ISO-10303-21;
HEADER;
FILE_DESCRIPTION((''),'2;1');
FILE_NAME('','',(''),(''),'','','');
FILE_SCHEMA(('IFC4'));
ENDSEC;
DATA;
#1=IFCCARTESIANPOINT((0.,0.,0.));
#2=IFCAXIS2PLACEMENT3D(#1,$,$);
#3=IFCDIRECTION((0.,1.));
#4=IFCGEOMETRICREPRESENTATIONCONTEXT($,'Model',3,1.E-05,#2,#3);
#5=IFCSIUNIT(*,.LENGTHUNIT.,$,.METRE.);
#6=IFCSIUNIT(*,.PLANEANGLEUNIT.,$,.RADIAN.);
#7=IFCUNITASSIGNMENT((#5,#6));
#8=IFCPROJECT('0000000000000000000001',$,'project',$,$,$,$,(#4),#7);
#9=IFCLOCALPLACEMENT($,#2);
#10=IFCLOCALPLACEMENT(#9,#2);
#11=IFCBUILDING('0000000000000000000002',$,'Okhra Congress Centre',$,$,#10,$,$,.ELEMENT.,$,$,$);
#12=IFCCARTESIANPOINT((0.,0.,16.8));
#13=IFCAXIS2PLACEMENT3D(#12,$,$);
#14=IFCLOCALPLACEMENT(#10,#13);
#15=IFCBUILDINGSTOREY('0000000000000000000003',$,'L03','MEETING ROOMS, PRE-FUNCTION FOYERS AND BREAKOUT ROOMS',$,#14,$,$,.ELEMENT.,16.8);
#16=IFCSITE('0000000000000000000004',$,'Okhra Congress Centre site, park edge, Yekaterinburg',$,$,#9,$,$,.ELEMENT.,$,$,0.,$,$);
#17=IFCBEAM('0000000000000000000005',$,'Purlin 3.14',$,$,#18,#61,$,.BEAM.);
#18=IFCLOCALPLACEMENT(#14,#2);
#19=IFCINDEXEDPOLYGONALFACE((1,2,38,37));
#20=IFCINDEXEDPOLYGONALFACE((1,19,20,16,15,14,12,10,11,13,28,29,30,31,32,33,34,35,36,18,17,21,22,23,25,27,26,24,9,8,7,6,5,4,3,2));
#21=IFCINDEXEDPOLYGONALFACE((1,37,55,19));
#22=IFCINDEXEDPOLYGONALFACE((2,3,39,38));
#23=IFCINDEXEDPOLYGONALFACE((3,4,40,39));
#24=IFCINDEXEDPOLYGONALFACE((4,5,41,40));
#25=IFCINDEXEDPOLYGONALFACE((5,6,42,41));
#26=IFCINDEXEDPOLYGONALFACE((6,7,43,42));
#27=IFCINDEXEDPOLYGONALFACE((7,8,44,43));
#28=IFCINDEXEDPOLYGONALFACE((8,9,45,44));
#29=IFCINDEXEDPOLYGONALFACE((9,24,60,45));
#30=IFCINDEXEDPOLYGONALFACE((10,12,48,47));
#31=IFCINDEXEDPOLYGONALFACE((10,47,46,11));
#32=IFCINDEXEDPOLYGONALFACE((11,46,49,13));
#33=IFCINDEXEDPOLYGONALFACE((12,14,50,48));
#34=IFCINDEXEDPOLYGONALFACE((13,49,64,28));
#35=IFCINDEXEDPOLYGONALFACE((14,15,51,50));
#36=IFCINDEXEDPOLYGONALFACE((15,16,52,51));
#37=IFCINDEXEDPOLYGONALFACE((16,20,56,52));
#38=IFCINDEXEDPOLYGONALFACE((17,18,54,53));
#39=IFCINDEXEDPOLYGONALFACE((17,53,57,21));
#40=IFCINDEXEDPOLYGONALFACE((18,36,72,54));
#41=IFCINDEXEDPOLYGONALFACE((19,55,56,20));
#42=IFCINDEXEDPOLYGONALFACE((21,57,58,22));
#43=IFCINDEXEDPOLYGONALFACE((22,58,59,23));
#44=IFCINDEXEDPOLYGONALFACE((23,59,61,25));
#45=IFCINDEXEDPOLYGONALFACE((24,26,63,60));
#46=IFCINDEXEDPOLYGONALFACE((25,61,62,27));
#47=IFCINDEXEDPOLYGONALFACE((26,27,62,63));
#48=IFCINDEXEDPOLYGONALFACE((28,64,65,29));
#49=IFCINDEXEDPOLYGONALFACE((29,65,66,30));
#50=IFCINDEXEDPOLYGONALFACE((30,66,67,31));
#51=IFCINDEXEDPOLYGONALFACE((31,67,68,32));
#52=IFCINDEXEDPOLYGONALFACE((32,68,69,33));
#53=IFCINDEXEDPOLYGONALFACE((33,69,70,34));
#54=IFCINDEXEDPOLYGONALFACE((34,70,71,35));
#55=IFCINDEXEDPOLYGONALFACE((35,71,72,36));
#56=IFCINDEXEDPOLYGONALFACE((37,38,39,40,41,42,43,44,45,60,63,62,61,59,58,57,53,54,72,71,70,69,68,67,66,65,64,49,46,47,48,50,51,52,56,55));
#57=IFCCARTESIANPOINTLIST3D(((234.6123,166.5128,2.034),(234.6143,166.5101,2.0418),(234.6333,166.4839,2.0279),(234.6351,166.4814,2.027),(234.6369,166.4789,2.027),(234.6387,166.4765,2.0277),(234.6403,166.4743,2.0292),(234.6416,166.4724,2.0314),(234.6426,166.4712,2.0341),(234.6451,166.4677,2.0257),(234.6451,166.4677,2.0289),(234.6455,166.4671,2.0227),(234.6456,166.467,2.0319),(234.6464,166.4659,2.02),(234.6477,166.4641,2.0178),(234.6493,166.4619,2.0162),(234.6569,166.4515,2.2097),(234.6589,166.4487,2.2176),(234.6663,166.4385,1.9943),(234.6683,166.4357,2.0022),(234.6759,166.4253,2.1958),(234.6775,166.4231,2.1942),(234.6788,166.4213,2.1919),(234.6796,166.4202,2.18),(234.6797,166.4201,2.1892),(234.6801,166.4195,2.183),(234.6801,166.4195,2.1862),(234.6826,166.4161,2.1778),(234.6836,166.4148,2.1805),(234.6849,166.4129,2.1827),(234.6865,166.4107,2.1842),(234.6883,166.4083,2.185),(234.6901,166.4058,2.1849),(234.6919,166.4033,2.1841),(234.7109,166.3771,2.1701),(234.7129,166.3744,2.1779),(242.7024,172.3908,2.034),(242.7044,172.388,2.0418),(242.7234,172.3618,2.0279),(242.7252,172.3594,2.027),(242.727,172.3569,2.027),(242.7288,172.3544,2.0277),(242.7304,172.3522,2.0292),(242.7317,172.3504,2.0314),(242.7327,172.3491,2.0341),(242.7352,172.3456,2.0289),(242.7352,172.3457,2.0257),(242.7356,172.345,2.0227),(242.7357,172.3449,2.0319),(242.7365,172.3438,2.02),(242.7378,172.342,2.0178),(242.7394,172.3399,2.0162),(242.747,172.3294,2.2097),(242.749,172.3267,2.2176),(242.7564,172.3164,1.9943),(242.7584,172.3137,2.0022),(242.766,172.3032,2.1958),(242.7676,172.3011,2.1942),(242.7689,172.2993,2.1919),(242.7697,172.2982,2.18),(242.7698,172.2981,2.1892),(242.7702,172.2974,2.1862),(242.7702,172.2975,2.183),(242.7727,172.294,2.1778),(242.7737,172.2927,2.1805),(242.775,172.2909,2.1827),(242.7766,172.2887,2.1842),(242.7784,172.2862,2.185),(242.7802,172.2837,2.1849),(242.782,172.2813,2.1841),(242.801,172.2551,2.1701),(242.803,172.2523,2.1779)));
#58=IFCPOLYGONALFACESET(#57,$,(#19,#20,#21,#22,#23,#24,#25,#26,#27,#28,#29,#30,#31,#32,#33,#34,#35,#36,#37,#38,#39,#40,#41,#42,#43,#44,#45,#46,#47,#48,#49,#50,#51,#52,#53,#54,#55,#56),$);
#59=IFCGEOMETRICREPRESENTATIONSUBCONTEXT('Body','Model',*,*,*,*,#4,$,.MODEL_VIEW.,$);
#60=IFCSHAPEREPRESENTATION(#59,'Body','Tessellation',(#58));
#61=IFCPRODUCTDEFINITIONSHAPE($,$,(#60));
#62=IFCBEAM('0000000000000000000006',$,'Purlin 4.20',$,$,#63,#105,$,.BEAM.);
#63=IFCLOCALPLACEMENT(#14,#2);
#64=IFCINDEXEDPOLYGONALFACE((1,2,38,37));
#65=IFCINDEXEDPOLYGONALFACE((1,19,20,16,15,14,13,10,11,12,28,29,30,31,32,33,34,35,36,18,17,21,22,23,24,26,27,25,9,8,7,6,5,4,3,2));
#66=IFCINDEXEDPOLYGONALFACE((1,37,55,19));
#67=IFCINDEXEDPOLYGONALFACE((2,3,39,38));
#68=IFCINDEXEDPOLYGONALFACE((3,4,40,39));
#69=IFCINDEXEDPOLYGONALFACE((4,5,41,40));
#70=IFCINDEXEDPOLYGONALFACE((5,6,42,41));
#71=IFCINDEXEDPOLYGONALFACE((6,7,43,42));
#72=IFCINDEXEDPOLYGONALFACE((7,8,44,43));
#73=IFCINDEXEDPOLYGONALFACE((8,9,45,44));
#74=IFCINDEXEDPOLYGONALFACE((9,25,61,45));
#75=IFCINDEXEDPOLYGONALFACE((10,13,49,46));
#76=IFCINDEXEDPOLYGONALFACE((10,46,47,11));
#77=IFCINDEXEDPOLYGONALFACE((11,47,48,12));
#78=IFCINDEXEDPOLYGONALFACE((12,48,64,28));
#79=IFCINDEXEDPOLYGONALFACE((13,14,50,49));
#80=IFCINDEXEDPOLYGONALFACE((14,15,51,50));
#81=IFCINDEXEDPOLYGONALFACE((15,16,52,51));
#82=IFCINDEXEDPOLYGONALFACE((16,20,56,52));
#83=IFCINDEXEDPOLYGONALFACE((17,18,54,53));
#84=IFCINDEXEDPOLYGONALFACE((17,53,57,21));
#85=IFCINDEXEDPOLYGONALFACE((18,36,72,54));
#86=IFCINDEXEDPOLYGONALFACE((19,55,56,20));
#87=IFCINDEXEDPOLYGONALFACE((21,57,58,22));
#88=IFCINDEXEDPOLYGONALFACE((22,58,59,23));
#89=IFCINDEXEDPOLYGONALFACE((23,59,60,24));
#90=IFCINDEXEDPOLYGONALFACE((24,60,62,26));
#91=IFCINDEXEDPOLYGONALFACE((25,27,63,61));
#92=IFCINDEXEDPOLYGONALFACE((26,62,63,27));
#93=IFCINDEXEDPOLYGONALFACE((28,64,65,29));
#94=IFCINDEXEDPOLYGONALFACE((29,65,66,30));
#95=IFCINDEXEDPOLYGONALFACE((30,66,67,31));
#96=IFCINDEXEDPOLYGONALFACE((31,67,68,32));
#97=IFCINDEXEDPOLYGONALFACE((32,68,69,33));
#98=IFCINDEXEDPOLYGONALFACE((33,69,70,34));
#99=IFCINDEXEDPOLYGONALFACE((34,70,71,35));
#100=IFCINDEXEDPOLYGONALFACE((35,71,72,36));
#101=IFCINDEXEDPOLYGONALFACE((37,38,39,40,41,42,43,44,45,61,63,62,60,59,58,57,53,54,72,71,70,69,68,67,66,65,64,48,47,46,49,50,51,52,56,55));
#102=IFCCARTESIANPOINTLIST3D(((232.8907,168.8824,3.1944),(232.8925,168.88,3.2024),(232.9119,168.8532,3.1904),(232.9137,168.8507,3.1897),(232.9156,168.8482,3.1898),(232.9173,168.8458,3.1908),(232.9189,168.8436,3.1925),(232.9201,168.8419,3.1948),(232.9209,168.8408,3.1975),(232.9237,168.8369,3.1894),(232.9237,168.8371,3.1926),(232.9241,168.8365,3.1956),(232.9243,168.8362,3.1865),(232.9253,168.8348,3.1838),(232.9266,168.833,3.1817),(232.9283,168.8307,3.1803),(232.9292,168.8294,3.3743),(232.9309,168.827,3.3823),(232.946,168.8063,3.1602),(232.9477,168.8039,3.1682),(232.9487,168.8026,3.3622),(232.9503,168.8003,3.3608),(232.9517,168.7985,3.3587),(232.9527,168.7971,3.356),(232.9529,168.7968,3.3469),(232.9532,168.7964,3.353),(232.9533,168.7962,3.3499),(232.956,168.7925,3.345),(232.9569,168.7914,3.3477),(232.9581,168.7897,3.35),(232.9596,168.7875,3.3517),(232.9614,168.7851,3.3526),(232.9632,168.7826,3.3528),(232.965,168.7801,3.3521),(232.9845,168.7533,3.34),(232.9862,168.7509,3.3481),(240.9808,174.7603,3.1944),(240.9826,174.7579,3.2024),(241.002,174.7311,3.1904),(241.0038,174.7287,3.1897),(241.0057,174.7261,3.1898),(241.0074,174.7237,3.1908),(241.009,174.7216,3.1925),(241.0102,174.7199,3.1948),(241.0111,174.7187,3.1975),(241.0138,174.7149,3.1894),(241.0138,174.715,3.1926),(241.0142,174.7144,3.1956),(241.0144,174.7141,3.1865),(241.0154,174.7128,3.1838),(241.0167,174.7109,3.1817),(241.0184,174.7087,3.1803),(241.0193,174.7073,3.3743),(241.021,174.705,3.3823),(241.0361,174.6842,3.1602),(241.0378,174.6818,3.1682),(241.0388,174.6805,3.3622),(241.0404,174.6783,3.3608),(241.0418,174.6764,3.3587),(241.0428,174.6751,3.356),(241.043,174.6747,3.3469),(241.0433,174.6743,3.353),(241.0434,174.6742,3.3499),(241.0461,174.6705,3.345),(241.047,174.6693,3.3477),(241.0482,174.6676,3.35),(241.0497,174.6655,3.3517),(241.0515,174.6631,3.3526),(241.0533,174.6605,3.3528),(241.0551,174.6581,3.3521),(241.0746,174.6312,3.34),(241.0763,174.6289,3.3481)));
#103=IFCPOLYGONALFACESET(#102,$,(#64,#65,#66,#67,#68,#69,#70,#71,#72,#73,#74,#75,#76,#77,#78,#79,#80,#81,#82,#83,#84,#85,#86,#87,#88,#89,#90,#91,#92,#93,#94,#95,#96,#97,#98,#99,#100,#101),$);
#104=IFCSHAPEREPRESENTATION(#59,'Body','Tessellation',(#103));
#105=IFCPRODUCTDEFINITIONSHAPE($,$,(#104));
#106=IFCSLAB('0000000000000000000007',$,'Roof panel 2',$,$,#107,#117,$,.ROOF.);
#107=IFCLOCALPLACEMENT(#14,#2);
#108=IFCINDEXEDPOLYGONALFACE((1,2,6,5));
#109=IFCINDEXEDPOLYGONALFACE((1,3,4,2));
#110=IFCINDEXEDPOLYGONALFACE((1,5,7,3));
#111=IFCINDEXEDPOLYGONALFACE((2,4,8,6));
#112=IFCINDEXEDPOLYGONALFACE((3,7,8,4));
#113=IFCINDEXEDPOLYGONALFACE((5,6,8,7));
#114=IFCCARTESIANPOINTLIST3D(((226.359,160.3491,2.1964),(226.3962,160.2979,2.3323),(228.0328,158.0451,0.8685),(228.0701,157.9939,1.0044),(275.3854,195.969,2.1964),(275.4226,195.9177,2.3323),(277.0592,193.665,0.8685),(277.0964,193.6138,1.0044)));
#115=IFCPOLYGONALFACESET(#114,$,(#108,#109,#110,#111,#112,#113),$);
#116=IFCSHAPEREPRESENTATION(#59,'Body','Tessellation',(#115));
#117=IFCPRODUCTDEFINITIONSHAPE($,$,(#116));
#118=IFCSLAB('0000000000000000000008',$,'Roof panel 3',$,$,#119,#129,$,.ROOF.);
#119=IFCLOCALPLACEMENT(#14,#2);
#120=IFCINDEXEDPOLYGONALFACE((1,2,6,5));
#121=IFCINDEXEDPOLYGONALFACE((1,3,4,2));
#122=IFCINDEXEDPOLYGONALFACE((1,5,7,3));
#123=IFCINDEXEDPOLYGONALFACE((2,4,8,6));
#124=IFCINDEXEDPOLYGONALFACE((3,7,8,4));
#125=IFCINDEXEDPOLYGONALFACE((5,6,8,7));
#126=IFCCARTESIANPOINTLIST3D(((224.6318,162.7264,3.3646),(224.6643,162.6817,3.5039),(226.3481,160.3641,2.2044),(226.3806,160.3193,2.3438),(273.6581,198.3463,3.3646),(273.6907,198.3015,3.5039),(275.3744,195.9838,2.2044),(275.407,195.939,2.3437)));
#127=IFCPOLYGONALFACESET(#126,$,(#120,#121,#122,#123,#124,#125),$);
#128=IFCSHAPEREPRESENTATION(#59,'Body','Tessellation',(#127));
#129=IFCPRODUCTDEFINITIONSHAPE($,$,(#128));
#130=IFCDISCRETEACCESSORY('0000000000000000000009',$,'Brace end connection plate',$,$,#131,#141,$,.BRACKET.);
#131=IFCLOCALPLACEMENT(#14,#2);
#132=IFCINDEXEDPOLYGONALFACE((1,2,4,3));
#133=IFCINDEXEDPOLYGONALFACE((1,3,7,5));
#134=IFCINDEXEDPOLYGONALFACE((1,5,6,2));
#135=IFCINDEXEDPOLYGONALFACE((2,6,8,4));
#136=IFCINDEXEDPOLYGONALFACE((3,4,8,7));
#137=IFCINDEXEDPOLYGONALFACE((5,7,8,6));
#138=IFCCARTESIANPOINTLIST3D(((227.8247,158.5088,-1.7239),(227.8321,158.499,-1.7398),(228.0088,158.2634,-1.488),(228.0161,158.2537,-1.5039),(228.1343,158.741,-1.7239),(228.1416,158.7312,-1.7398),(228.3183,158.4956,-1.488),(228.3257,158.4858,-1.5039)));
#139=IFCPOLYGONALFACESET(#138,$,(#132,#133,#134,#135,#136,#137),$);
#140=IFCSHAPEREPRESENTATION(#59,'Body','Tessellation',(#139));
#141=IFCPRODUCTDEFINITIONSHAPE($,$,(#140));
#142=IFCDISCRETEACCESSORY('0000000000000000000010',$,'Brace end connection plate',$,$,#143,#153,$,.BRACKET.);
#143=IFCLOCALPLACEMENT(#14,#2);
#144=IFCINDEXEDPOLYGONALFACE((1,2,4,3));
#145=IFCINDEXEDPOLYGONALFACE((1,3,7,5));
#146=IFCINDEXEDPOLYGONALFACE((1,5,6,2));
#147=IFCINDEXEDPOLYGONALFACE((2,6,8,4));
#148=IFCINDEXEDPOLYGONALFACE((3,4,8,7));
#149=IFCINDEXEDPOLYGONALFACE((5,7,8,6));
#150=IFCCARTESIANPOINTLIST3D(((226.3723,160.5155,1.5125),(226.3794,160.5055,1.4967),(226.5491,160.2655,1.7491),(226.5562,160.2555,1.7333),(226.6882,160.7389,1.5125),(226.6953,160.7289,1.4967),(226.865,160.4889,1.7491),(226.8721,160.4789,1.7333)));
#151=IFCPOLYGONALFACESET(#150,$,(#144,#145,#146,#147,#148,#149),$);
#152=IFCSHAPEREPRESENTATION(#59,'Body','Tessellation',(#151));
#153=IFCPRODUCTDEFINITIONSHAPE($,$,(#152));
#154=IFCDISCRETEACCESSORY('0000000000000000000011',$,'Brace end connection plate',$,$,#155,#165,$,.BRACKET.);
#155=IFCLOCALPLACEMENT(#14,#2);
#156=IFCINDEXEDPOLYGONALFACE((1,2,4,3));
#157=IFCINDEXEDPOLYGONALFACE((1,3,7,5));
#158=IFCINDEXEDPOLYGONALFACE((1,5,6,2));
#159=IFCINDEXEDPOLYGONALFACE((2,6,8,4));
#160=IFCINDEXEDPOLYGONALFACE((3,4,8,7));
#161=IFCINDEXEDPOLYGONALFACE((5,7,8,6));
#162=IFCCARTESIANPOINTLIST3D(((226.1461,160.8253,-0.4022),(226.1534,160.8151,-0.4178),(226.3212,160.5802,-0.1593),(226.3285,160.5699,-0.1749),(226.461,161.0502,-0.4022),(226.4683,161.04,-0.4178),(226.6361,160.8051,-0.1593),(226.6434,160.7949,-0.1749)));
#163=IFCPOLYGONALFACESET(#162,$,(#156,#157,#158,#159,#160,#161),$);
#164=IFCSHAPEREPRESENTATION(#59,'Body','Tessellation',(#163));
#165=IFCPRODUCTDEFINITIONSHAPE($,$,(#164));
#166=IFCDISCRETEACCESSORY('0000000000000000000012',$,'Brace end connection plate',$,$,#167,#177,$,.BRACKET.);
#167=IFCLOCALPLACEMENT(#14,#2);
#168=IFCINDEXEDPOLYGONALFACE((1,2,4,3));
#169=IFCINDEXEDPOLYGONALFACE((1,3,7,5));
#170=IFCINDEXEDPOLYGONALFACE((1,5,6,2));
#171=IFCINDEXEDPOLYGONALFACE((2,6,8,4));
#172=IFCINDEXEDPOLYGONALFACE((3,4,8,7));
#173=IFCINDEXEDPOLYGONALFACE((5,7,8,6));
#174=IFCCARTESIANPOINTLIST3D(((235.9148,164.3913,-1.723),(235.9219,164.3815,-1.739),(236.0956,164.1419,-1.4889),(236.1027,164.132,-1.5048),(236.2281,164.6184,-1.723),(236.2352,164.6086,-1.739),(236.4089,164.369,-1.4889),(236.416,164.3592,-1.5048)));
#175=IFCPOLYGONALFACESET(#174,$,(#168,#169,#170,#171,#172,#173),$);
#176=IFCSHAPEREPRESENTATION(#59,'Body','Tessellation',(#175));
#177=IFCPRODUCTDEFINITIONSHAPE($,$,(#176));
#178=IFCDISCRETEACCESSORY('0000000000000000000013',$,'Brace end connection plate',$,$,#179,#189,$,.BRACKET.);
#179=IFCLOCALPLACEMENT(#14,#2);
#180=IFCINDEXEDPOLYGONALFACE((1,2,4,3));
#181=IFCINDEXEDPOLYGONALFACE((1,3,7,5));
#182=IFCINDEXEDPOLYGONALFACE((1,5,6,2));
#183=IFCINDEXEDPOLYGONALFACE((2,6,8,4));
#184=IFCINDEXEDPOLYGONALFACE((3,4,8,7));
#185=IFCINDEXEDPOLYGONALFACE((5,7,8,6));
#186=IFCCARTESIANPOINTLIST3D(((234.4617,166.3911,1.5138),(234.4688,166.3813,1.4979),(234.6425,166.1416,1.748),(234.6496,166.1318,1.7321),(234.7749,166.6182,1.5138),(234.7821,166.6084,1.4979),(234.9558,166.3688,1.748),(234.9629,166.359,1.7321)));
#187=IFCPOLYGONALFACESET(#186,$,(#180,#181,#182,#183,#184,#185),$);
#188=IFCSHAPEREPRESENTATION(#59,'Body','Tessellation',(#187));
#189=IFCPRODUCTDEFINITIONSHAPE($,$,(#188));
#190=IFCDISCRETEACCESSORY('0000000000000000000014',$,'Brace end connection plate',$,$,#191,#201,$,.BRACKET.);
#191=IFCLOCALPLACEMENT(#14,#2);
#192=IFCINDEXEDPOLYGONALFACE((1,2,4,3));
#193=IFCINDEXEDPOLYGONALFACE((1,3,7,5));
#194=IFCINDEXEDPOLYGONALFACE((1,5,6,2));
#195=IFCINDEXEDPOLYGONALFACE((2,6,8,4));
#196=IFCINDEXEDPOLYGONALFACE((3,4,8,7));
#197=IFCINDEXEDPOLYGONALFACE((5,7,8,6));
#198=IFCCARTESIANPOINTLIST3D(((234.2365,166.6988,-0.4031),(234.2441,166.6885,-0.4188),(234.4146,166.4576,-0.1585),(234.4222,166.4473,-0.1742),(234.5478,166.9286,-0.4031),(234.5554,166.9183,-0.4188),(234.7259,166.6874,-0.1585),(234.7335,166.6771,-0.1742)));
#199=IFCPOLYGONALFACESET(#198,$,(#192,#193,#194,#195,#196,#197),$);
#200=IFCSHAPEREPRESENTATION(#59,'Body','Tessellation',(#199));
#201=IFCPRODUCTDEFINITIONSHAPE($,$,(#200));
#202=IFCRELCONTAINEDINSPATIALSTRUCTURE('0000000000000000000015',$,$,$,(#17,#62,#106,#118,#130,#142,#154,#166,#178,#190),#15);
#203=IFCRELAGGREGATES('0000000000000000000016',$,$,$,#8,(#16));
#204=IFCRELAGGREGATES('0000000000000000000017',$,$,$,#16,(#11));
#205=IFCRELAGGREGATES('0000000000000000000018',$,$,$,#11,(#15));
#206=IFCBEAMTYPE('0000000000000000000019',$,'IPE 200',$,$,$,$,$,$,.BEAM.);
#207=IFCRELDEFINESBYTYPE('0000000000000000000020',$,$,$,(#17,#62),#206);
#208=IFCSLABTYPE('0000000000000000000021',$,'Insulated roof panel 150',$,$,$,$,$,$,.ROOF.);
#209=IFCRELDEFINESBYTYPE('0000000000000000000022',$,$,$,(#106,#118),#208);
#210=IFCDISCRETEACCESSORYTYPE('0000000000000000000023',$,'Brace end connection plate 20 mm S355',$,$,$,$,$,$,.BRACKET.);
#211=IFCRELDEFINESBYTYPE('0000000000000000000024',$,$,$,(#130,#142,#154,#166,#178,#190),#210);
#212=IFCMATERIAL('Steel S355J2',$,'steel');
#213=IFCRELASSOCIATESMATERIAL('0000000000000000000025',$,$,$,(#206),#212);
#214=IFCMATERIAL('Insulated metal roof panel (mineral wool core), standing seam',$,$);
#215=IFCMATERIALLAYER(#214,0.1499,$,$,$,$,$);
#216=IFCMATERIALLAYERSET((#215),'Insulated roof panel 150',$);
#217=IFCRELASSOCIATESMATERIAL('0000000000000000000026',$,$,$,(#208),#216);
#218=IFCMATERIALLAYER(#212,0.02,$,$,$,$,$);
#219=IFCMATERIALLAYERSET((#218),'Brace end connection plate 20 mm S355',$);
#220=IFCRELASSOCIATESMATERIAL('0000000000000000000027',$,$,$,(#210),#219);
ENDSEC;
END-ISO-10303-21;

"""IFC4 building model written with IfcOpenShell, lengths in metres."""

from ifc_helpers import new_model, si_unit, direction, frame, origin, origin_2d, place, context, subcontext, project, spatial, polyline, rectangle, i_section, outline, extrude, material, layer, layer_set, material_profile, profile_set, type_object, element, save


model = new_model("IFC4")

# Units and contexts
model_context = context("Model", 3, precision=1e-05, world=origin(), true_north=direction((0.0, 1.0)))
body_context = subcontext(model_context, "Body", "Model", "MODEL_VIEW")
ifc_project = project(units=[si_unit("LENGTHUNIT", "METRE"), si_unit("PLANEANGLEUNIT", "RADIAN")], contexts=[model_context])

# Site, building, storey
site_placement = place(None, origin())
site = spatial("IfcSite", under=ifc_project, at=site_placement, Name="Okhra Congress Centre site, park edge, Yekaterinburg", CompositionType="ELEMENT", RefElevation=0.0)
building_placement = place(site_placement, origin())
building = spatial("IfcBuilding", under=site, at=building_placement, Name="Okhra Congress Centre", CompositionType="ELEMENT")
storey_placement = place(building_placement, frame((0.0, 0.0, 16.8)))
storey = spatial("IfcBuildingStorey", under=building, at=storey_placement, Name="L03", Description="MEETING ROOMS, PRE-FUNCTION FOYERS AND BREAKOUT ROOMS", CompositionType="ELEMENT", Elevation=16.8)

# Beams
ifc_material_1 = material(Name="Steel S355J2", Category="steel")
ifc_material_profile_1 = material_profile(ifc_material_1, i_section(OverallWidth=0.1001, OverallDepth=0.2, WebThickness=0.0056, FlangeThickness=0.0085, FilletRadius=0.012, at=origin_2d()), Name="IPE 200")
ifc_profile_set_1 = profile_set([ifc_material_profile_1], Name="Steel S355J2")
beam_type = type_object("IfcBeamType", Name="IPE 200", PredefinedType="BEAM", material=ifc_profile_set_1)
for number, where, z_axis, x_axis, name in (
    (1, (234.6626, 166.4436, 2.106), (0.80901, 0.587794, 0.0), (-0.539722, 0.742846, 0.39608), "Purlin 3.14"),
    (2, (232.9385, 168.8167, 3.2712), (0.80901, 0.587794, 0.0), (-0.552346, 0.760221, 0.34202), "Purlin 4.20"),
):
    element("IfcBeam", number, at=place(storey_placement, frame(where, z_axis=z_axis, x_axis=x_axis)), inside=storey, type_object=beam_type, Name=name, PredefinedType="BEAM", context=body_context, shape_type="SweptSolid", body=[
        extrude(i_section(OverallWidth=0.1001, OverallDepth=0.2, WebThickness=0.0056, FlangeThickness=0.0085, FilletRadius=0.012, at=origin_2d()), origin(), (0.0, 0.0, 1.0), 10.0),
    ])

# Slabs
ifc_material_2 = material(Name="Insulated metal roof panel (mineral wool core), standing seam")
ifc_layer_1 = layer(ifc_material_2, 0.1499)
ifc_layer_set_1 = layer_set([ifc_layer_1], Name="Insulated roof panel 150")
slab_type = type_object("IfcSlabType", Name="Insulated roof panel 150", PredefinedType="ROOF", material=ifc_layer_set_1)
slab_1_placement = place(storey_placement, frame((228.0701, 157.9939, 1.0044), z_axis=(0.248399, -0.341891, 0.906316), x_axis=(0.809016, 0.587787, 0.0)))
element("IfcSlab", 3, at=slab_1_placement, inside=storey, type_object=slab_type, Name="Roof panel 2", PredefinedType="ROOF", context=body_context, shape_type="SweptSolid", body=[
    extrude(outline(polyline([(0.0, 0.0), (60.6, 0.0), (60.6001, 3.1422), (0.0001, 3.1422), (0.0, 0.0)])), origin(), (0.0, 0.0, -1.0), 0.1499),
])
slab_2_placement = place(storey_placement, frame((226.3806, 160.3193, 2.3438), z_axis=(0.217028, -0.298714, 0.929338), x_axis=(0.809018, 0.587784, -0.000001)))
element("IfcSlab", 4, at=slab_2_placement, inside=storey, type_object=slab_type, Name="Roof panel 3", PredefinedType="ROOF", context=body_context, shape_type="SweptSolid", body=[
    extrude(outline(polyline([(0.0, 0.0), (60.5999, 0.0), (60.6, 3.1422), (0.0, 3.142), (0.0, 0.0)])), origin(), (0.0, 0.0, -1.0), 0.1499),
])

# Discrete accessories
ifc_layer_2 = layer(ifc_material_1, 0.02)
ifc_layer_set_2 = layer_set([ifc_layer_2], Name="Brace end connection plate 20 mm S355")
discrete_accessory_type = type_object("IfcDiscreteAccessoryType", Name="Brace end connection plate 20 mm S355", PredefinedType="BRACKET", material=ifc_layer_set_2)
for number, where, z_axis, x_axis, name in (
    (5, (228.0715, 158.5022, -1.606), (0.365826, -0.487769, -0.792624), (0.8, 0.6, 0.0), "Brace end connection plate"),
    (6, (226.6257, 160.4922, 1.615), (-0.353055, 0.499147, 0.791331), (-0.816416, -0.577465, 0.0), "Brace end connection plate"),
    (7, (226.3911, 160.8152, -0.2808), (0.364878, -0.510829, -0.778407), (0.813733, 0.581238, 0.0), "Brace end connection plate"),
    (8, (236.1619, 164.3801, -1.606), (0.355194, -0.489922, -0.796124), (0.80961, 0.586968, 0.0), "Brace end connection plate"),
    (9, (234.7158, 166.3701, 1.615), (-0.355194, 0.489922, 0.796124), (-0.80961, -0.586968, 0.0), "Brace end connection plate"),
):
    element("IfcDiscreteAccessory", number, at=place(storey_placement, frame(where, z_axis=z_axis, x_axis=x_axis)), inside=storey, type_object=discrete_accessory_type, Name=name, PredefinedType="BRACKET", context=body_context, shape_type="SweptSolid", body=[
        extrude(rectangle(XDim=0.387, YDim=0.387, at=origin_2d()), origin(), (0.0, 0.0, 1.0), 0.02),
    ])
discrete_accessory_1_placement = place(storey_placement, frame((234.4812, 166.6931, -0.2808), z_axis=(0.375351, -0.50854, -0.774918), x_axis=(0.804574, 0.593852, 0.0)))
element("IfcDiscreteAccessory", 10, at=discrete_accessory_1_placement, inside=storey, type_object=discrete_accessory_type, Name="Brace end connection plate", PredefinedType="BRACKET", context=body_context, shape_type="SweptSolid", body=[
    extrude(rectangle(XDim=0.387, YDim=0.387, at=origin_2d()), origin(), (0.0, 0.0, 1.0), 0.0203),
])

save(model, "model.ifc")
